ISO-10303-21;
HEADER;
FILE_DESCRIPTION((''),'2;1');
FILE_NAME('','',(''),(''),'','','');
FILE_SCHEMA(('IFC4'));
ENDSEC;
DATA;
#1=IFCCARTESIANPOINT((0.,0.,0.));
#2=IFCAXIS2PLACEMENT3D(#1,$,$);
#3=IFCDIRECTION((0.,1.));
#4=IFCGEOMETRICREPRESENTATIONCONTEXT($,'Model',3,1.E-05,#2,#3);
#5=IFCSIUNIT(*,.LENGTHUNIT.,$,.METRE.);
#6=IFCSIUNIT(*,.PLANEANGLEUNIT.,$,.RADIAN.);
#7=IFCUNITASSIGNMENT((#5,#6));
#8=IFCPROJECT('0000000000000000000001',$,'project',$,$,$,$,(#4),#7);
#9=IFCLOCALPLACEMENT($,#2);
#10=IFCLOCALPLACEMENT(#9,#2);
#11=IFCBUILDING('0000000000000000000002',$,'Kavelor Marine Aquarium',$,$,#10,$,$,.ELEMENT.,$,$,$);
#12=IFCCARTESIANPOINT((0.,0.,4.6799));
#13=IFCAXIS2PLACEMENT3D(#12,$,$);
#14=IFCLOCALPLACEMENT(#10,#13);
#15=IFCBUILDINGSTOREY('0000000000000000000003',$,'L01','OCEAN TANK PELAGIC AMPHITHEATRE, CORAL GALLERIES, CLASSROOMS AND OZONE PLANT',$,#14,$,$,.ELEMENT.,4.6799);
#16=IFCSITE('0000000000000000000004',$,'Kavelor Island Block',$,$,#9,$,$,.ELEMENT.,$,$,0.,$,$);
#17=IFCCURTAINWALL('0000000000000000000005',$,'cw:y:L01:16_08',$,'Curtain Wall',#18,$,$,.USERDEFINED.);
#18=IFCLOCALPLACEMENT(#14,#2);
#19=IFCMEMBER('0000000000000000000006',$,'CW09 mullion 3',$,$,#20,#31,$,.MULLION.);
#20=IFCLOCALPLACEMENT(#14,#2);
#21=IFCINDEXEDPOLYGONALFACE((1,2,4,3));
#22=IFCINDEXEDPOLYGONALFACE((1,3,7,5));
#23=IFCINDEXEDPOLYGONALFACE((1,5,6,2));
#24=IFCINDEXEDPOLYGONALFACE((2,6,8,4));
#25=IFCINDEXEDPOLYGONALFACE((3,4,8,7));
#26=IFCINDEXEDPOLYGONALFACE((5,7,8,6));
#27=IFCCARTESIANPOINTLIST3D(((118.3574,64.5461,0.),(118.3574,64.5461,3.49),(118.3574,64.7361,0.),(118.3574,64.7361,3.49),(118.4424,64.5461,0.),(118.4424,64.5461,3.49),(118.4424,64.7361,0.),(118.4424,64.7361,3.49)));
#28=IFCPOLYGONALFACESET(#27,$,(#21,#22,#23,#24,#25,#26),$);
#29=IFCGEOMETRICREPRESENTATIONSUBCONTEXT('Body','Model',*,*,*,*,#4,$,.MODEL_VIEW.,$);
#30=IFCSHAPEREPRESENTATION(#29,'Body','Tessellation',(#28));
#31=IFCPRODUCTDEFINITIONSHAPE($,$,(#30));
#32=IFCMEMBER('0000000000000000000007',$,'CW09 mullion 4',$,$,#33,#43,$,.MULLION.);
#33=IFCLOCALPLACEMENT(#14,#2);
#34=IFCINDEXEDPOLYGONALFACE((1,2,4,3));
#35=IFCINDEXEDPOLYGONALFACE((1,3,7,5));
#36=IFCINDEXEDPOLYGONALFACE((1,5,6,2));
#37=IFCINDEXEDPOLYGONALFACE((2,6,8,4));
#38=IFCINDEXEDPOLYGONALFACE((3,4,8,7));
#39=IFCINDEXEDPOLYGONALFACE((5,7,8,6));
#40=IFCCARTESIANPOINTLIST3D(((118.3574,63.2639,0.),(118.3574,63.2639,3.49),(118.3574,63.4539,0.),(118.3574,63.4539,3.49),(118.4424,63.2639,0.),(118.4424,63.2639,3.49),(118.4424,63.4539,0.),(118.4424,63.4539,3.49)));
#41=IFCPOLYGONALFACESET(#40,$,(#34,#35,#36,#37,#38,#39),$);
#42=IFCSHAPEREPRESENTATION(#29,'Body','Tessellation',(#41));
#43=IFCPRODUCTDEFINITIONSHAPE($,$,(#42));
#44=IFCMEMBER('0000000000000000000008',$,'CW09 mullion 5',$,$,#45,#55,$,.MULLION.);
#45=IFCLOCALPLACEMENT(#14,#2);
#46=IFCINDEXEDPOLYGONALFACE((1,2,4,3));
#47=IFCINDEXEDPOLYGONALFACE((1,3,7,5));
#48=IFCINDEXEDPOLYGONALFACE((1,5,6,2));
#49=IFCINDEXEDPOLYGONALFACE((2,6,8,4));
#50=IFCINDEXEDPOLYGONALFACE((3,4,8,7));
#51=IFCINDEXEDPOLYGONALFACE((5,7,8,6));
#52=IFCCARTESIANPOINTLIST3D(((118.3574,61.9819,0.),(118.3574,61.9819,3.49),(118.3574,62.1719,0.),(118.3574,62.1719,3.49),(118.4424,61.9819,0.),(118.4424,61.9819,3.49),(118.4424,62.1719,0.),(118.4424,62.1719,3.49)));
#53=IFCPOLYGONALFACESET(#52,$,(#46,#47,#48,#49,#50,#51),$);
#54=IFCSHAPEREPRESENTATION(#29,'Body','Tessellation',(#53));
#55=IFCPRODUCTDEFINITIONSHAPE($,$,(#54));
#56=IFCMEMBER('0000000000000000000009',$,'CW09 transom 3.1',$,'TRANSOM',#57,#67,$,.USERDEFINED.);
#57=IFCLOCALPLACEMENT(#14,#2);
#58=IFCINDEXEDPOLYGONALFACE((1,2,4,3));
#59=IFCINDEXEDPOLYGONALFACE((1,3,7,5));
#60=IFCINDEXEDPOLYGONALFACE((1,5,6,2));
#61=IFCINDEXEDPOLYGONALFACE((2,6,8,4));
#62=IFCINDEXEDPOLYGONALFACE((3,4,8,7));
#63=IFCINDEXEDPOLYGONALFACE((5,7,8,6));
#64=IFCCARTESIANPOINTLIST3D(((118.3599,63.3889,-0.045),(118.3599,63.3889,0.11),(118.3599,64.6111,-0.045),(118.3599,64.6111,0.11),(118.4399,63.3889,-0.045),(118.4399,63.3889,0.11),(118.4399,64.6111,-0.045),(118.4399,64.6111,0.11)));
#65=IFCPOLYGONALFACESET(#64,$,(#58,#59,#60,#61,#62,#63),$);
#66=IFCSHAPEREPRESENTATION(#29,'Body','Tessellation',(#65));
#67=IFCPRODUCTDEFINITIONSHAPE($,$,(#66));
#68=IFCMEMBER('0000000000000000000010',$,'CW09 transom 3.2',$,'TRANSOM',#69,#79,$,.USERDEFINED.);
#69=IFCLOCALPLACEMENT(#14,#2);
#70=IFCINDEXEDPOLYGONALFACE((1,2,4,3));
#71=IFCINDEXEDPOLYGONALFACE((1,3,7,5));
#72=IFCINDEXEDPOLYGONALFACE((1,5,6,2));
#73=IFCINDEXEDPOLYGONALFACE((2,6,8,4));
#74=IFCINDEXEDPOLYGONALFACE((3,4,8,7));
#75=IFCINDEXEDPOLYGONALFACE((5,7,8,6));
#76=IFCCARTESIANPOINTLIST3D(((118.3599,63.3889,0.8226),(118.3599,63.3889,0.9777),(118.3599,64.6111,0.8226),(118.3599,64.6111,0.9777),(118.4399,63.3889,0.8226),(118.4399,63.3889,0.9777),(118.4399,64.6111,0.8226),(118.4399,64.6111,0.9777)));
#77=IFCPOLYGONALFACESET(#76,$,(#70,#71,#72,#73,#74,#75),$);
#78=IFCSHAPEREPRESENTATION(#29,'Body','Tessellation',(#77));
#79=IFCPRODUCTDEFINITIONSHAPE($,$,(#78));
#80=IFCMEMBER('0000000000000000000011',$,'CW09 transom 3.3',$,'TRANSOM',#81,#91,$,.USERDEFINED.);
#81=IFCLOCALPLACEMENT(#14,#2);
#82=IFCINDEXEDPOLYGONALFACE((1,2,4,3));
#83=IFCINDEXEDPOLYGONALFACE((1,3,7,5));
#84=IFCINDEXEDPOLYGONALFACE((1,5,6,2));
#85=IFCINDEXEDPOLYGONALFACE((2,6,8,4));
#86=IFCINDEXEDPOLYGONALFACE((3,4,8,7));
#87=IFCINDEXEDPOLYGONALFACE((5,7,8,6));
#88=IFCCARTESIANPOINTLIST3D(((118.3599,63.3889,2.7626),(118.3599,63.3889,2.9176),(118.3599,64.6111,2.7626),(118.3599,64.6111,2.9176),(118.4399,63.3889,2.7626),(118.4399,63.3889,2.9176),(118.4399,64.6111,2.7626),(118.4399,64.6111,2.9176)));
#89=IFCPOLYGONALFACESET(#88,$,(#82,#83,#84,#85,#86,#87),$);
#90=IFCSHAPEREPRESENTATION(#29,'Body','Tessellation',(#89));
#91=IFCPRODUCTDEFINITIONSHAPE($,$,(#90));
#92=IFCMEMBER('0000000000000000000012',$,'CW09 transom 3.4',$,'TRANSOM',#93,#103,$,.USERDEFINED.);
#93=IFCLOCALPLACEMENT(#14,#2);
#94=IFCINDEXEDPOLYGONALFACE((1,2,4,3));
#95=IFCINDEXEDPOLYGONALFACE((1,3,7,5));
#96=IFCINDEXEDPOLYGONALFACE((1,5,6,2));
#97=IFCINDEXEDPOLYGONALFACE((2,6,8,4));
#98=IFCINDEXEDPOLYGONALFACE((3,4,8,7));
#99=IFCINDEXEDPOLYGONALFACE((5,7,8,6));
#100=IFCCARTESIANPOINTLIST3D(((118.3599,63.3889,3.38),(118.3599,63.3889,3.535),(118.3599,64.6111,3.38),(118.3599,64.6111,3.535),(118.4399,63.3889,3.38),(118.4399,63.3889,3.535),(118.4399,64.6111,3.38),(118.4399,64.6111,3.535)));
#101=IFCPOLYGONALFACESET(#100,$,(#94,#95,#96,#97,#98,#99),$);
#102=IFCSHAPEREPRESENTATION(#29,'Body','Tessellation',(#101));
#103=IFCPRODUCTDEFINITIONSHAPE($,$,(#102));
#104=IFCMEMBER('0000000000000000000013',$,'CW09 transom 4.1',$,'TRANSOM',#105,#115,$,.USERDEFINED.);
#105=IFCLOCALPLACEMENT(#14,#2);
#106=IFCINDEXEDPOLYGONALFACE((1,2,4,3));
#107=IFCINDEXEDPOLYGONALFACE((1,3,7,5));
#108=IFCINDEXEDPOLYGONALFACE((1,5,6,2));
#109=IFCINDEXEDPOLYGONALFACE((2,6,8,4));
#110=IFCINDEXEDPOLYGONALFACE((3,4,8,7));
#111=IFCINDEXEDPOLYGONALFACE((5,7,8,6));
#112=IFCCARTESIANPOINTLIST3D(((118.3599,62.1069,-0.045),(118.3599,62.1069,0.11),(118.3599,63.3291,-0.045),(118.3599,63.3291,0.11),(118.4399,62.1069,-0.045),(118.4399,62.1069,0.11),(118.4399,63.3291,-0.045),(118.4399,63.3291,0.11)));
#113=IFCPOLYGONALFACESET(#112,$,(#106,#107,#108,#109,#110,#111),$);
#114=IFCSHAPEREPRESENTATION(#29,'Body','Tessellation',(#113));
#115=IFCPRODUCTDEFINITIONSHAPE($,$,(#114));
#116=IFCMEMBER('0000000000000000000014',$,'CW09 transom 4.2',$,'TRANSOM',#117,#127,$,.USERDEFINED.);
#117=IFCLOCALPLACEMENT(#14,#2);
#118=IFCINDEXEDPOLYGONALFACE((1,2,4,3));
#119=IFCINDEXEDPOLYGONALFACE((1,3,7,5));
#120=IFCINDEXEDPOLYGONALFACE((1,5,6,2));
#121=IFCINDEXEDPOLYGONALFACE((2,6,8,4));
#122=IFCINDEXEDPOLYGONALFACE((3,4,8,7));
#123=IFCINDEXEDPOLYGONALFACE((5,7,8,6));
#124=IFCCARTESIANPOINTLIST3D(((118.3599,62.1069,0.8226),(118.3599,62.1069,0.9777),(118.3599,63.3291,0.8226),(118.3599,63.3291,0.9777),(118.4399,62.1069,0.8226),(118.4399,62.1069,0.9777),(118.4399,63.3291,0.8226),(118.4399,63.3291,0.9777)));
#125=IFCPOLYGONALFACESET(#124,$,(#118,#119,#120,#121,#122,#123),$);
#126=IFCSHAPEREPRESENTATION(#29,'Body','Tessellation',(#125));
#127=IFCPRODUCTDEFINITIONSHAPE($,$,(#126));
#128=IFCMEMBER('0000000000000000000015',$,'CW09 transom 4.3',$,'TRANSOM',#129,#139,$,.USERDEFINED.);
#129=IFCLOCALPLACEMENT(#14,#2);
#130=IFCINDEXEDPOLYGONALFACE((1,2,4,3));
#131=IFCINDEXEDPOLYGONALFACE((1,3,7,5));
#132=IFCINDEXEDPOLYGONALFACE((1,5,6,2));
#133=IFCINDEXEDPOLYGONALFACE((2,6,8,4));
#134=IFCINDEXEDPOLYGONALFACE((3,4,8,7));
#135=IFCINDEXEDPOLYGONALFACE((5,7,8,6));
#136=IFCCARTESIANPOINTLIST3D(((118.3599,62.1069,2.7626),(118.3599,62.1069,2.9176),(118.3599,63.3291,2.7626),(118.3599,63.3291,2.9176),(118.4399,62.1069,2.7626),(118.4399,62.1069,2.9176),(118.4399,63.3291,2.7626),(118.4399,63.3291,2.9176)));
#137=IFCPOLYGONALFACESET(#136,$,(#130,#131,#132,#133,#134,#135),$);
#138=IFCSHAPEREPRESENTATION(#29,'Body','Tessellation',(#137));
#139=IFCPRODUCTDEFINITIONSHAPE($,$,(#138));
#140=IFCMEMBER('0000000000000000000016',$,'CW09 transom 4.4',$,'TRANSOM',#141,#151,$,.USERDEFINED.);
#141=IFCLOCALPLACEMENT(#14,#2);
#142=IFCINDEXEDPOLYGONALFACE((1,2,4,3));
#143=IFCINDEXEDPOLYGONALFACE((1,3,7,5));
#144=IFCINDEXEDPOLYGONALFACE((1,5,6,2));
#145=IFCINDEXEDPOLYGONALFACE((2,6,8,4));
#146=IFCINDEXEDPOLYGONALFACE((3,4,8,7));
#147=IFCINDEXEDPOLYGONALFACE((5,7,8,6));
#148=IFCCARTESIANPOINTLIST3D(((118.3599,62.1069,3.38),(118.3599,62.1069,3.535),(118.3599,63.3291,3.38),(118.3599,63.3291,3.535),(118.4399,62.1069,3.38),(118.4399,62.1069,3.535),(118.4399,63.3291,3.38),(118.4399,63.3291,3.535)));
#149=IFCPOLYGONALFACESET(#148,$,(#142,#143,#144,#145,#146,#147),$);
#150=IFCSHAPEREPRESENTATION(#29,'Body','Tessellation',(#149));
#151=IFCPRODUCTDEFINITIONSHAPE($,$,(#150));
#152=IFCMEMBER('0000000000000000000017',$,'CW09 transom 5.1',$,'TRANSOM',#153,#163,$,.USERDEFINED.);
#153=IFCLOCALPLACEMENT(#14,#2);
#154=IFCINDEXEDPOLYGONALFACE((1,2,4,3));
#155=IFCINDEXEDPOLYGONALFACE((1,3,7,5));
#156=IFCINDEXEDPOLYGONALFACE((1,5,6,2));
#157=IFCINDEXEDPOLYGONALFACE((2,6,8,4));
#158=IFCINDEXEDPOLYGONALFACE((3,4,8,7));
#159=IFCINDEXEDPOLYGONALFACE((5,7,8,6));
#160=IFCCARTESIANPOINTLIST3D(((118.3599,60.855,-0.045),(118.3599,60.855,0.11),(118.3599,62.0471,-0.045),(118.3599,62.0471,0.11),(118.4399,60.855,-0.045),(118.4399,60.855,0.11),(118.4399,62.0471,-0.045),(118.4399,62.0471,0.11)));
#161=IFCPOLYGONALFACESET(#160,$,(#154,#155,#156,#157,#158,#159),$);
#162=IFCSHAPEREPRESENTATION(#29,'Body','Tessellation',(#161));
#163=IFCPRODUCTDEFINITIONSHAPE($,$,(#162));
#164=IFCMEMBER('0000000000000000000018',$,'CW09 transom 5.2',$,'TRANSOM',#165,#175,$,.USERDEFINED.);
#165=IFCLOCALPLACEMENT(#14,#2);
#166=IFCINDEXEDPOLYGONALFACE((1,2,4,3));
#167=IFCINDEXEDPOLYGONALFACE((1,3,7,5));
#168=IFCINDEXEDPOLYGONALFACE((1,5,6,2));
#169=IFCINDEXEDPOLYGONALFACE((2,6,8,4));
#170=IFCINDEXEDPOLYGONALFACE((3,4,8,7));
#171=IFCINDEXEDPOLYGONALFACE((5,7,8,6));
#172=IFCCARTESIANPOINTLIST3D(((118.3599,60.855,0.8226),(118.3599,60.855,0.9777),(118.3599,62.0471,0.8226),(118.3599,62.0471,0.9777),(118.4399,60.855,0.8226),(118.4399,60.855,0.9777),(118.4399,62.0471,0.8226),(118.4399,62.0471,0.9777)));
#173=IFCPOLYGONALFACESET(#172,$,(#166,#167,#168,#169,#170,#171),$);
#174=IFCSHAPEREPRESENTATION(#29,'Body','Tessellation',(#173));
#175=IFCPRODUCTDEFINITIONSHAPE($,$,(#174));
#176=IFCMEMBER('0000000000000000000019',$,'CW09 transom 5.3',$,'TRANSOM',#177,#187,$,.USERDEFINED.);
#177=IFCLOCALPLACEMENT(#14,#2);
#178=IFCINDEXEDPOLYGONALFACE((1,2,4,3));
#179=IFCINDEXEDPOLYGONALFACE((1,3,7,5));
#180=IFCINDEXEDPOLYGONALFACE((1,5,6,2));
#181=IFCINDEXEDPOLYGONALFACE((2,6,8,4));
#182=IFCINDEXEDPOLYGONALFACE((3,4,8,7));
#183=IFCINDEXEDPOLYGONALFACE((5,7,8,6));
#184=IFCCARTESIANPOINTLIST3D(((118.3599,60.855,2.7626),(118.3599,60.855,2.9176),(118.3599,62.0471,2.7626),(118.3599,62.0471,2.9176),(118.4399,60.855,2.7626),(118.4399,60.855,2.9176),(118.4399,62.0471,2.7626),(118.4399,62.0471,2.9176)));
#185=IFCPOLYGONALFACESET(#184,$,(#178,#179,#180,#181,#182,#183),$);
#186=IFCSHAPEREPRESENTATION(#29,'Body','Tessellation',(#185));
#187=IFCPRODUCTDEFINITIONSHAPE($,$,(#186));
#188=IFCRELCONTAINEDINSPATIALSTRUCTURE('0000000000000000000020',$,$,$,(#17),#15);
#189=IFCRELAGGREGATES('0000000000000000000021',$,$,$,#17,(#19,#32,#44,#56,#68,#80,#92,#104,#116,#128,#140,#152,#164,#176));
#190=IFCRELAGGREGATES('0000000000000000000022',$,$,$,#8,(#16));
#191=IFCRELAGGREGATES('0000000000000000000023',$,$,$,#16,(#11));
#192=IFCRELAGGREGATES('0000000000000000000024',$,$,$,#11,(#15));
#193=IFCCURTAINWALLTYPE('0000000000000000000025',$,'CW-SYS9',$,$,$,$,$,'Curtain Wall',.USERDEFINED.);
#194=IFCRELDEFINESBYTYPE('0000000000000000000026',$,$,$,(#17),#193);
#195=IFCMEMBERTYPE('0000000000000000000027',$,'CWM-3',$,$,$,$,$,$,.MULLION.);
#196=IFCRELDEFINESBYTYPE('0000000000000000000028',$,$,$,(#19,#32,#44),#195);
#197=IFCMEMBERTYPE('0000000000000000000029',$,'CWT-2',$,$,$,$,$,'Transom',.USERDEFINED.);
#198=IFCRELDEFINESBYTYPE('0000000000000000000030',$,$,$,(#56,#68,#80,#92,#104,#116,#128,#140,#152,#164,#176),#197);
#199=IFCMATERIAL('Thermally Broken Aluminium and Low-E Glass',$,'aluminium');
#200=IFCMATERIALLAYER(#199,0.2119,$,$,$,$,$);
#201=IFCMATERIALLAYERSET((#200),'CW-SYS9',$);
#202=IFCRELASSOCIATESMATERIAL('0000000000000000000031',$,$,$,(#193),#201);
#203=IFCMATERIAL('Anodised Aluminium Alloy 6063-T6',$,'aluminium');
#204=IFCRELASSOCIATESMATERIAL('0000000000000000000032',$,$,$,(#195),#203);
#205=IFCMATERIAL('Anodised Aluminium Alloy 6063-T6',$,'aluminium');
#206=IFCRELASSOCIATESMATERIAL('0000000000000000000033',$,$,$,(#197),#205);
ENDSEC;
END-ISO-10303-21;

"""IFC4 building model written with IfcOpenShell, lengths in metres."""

from ifc_helpers import new_model, si_unit, direction, frame, origin, origin_2d, place, context, subcontext, project, spatial, rectangle, extrude, material, layer, layer_set, material_profile, profile_set, type_object, element, aggregate, save


model = new_model("IFC4")

# Units and contexts
model_context = context("Model", 3, precision=1e-05, world=origin(), true_north=direction((0.0, 1.0)))
body_context = subcontext(model_context, "Body", "Model", "MODEL_VIEW")
ifc_project = project(units=[si_unit("LENGTHUNIT", "METRE"), si_unit("PLANEANGLEUNIT", "RADIAN")], contexts=[model_context])

# Site, building, storey
site_placement = place(None, origin())
site = spatial("IfcSite", under=ifc_project, at=site_placement, Name="Kavelor Island Block", CompositionType="ELEMENT", RefElevation=0.0)
building_placement = place(site_placement, origin())
building = spatial("IfcBuilding", under=site, at=building_placement, Name="Kavelor Marine Aquarium", CompositionType="ELEMENT")
storey_placement = place(building_placement, frame((0.0, 0.0, 4.6799)))
storey = spatial("IfcBuildingStorey", under=building, at=storey_placement, Name="L01", Description="OCEAN TANK PELAGIC AMPHITHEATRE, CORAL GALLERIES, CLASSROOMS AND OZONE PLANT", CompositionType="ELEMENT", Elevation=4.6799)

# Curtain wall, members
ifc_material_1 = material(Name="Thermally Broken Aluminium and Low-E Glass", Category="aluminium")
ifc_layer_1 = layer(ifc_material_1, 0.2119)
ifc_layer_set_1 = layer_set([ifc_layer_1], Name="CW-SYS9")
curtain_wall_type = type_object("IfcCurtainWallType", Name="CW-SYS9", ElementType="Curtain Wall", PredefinedType="USERDEFINED", material=ifc_layer_set_1)
curtain_wall_placement = place(storey_placement, origin())
curtain_wall = element("IfcCurtainWall", 1, at=curtain_wall_placement, inside=storey, type_object=curtain_wall_type, Name="cw:y:L01:16_08", ObjectType="Curtain Wall", PredefinedType="USERDEFINED")
ifc_material_2 = material(Name="Anodised Aluminium Alloy 6063-T6", Category="aluminium")
ifc_material_profile_1 = material_profile(ifc_material_2, rectangle(XDim=0.085, YDim=0.1899, at=origin_2d()), Name="CW-MUL 85x190")
ifc_profile_set_1 = profile_set([ifc_material_profile_1], Name="Anodised Aluminium Alloy 6063-T6")
member_type_1 = type_object("IfcMemberType", Name="CWM-3", PredefinedType="MULLION", material=ifc_profile_set_1)
member_1_placement = place(storey_placement, frame((118.3999, 64.6411, 0.0), z_axis=(0.0, 0.0, 1.0), x_axis=(1.0, 0.0, 0.0)))
member_1 = element("IfcMember", 2, at=member_1_placement, type_object=member_type_1, Name="CW09 mullion 3", PredefinedType="MULLION", context=body_context, shape_type="SweptSolid", body=[
    extrude(rectangle(XDim=0.085, YDim=0.1899, at=origin_2d()), origin(), (0.0, 0.0, 1.0), 3.49),
])
member_2_placement = place(storey_placement, frame((118.3999, 63.3589, 0.0), z_axis=(0.0, 0.0, 1.0), x_axis=(1.0, 0.0, 0.0)))
member_2 = element("IfcMember", 3, at=member_2_placement, type_object=member_type_1, Name="CW09 mullion 4", PredefinedType="MULLION", context=body_context, shape_type="SweptSolid", body=[
    extrude(rectangle(XDim=0.085, YDim=0.1899, at=origin_2d()), origin(), (0.0, 0.0, 1.0), 3.49),
])
member_3_placement = place(storey_placement, frame((118.3999, 62.0769, 0.0), z_axis=(0.0, 0.0, 1.0), x_axis=(1.0, 0.0, 0.0)))
member_3 = element("IfcMember", 4, at=member_3_placement, type_object=member_type_1, Name="CW09 mullion 5", PredefinedType="MULLION", context=body_context, shape_type="SweptSolid", body=[
    extrude(rectangle(XDim=0.085, YDim=0.1899, at=origin_2d()), origin(), (0.0, 0.0, 1.0), 3.49),
])
ifc_material_3 = material(Name="Anodised Aluminium Alloy 6063-T6", Category="aluminium")
ifc_material_profile_2 = material_profile(ifc_material_3, rectangle(XDim=0.0801, YDim=0.155, at=origin_2d()), Name="CW-TRN 80x155")
ifc_profile_set_2 = profile_set([ifc_material_profile_2], Name="Anodised Aluminium Alloy 6063-T6")
member_type_2 = type_object("IfcMemberType", Name="CWT-2", ElementType="Transom", PredefinedType="USERDEFINED", material=ifc_profile_set_2)
member_4_placement = place(storey_placement, frame((118.3999, 64.6111, 0.0325), z_axis=(0.0, -1.0, 0.0), x_axis=(1.0, 0.0, 0.0)))
member_4 = element("IfcMember", 5, at=member_4_placement, type_object=member_type_2, Name="CW09 transom 3.1", ObjectType="TRANSOM", PredefinedType="USERDEFINED", context=body_context, shape_type="SweptSolid", body=[
    extrude(rectangle(XDim=0.0801, YDim=0.155, at=origin_2d()), origin(), (0.0, 0.0, 1.0), 1.2222),
])
member_5_placement = place(storey_placement, frame((118.3999, 64.6111, 0.9001), z_axis=(0.0, -1.0, 0.0), x_axis=(1.0, 0.0, 0.0)))
member_5 = element("IfcMember", 6, at=member_5_placement, type_object=member_type_2, Name="CW09 transom 3.2", ObjectType="TRANSOM", PredefinedType="USERDEFINED", context=body_context, shape_type="SweptSolid", body=[
    extrude(rectangle(XDim=0.0801, YDim=0.155, at=origin_2d()), origin(), (0.0, 0.0, 1.0), 1.2222),
])
member_6_placement = place(storey_placement, frame((118.3999, 64.6111, 2.8401), z_axis=(0.0, -1.0, 0.0), x_axis=(1.0, 0.0, 0.0)))
member_6 = element("IfcMember", 7, at=member_6_placement, type_object=member_type_2, Name="CW09 transom 3.3", ObjectType="TRANSOM", PredefinedType="USERDEFINED", context=body_context, shape_type="SweptSolid", body=[
    extrude(rectangle(XDim=0.0801, YDim=0.155, at=origin_2d()), origin(), (0.0, 0.0, 1.0), 1.2222),
])
member_7_placement = place(storey_placement, frame((118.3999, 64.6111, 3.4575), z_axis=(0.0, -1.0, 0.0), x_axis=(1.0, 0.0, 0.0)))
member_7 = element("IfcMember", 8, at=member_7_placement, type_object=member_type_2, Name="CW09 transom 3.4", ObjectType="TRANSOM", PredefinedType="USERDEFINED", context=body_context, shape_type="SweptSolid", body=[
    extrude(rectangle(XDim=0.0801, YDim=0.155, at=origin_2d()), origin(), (0.0, 0.0, 1.0), 1.2222),
])
member_8_placement = place(storey_placement, frame((118.3999, 63.3291, 0.0325), z_axis=(0.0, -1.0, 0.0), x_axis=(1.0, 0.0, 0.0)))
member_8 = element("IfcMember", 9, at=member_8_placement, type_object=member_type_2, Name="CW09 transom 4.1", ObjectType="TRANSOM", PredefinedType="USERDEFINED", context=body_context, shape_type="SweptSolid", body=[
    extrude(rectangle(XDim=0.0801, YDim=0.155, at=origin_2d()), origin(), (0.0, 0.0, 1.0), 1.2222),
])
member_9_placement = place(storey_placement, frame((118.3999, 63.3291, 0.9001), z_axis=(0.0, -1.0, 0.0), x_axis=(1.0, 0.0, 0.0)))
member_9 = element("IfcMember", 10, at=member_9_placement, type_object=member_type_2, Name="CW09 transom 4.2", ObjectType="TRANSOM", PredefinedType="USERDEFINED", context=body_context, shape_type="SweptSolid", body=[
    extrude(rectangle(XDim=0.0801, YDim=0.155, at=origin_2d()), origin(), (0.0, 0.0, 1.0), 1.2222),
])
member_10_placement = place(storey_placement, frame((118.3999, 63.3291, 2.8401), z_axis=(0.0, -1.0, 0.0), x_axis=(1.0, 0.0, 0.0)))
member_10 = element("IfcMember", 11, at=member_10_placement, type_object=member_type_2, Name="CW09 transom 4.3", ObjectType="TRANSOM", PredefinedType="USERDEFINED", context=body_context, shape_type="SweptSolid", body=[
    extrude(rectangle(XDim=0.0801, YDim=0.155, at=origin_2d()), origin(), (0.0, 0.0, 1.0), 1.2222),
])
member_11_placement = place(storey_placement, frame((118.3999, 63.3291, 3.4575), z_axis=(0.0, -1.0, 0.0), x_axis=(1.0, 0.0, 0.0)))
member_11 = element("IfcMember", 12, at=member_11_placement, type_object=member_type_2, Name="CW09 transom 4.4", ObjectType="TRANSOM", PredefinedType="USERDEFINED", context=body_context, shape_type="SweptSolid", body=[
    extrude(rectangle(XDim=0.0801, YDim=0.155, at=origin_2d()), origin(), (0.0, 0.0, 1.0), 1.2222),
])
member_12_placement = place(storey_placement, frame((118.3999, 62.0471, 0.0325), z_axis=(0.0, -1.0, 0.0), x_axis=(1.0, 0.0, 0.0)))
member_12 = element("IfcMember", 13, at=member_12_placement, type_object=member_type_2, Name="CW09 transom 5.1", ObjectType="TRANSOM", PredefinedType="USERDEFINED", context=body_context, shape_type="SweptSolid", body=[
    extrude(rectangle(XDim=0.0801, YDim=0.155, at=origin_2d()), origin(), (0.0, 0.0, 1.0), 1.1921),
])
member_13_placement = place(storey_placement, frame((118.3999, 62.0471, 0.9001), z_axis=(0.0, -1.0, 0.0), x_axis=(1.0, 0.0, 0.0)))
member_13 = element("IfcMember", 14, at=member_13_placement, type_object=member_type_2, Name="CW09 transom 5.2", ObjectType="TRANSOM", PredefinedType="USERDEFINED", context=body_context, shape_type="SweptSolid", body=[
    extrude(rectangle(XDim=0.0801, YDim=0.155, at=origin_2d()), origin(), (0.0, 0.0, 1.0), 1.1921),
])
member_14_placement = place(storey_placement, frame((118.3999, 62.0471, 2.8401), z_axis=(0.0, -1.0, 0.0), x_axis=(1.0, 0.0, 0.0)))
member_14 = element("IfcMember", 15, at=member_14_placement, type_object=member_type_2, Name="CW09 transom 5.3", ObjectType="TRANSOM", PredefinedType="USERDEFINED", context=body_context, shape_type="SweptSolid", body=[
    extrude(rectangle(XDim=0.0801, YDim=0.155, at=origin_2d()), origin(), (0.0, 0.0, 1.0), 1.1921),
])

aggregate(curtain_wall, [member_1, member_2, member_3, member_4, member_5, member_6, member_7, member_8, member_9, member_10, member_11, member_12, member_13, member_14])

save(model, "model.ifc")
